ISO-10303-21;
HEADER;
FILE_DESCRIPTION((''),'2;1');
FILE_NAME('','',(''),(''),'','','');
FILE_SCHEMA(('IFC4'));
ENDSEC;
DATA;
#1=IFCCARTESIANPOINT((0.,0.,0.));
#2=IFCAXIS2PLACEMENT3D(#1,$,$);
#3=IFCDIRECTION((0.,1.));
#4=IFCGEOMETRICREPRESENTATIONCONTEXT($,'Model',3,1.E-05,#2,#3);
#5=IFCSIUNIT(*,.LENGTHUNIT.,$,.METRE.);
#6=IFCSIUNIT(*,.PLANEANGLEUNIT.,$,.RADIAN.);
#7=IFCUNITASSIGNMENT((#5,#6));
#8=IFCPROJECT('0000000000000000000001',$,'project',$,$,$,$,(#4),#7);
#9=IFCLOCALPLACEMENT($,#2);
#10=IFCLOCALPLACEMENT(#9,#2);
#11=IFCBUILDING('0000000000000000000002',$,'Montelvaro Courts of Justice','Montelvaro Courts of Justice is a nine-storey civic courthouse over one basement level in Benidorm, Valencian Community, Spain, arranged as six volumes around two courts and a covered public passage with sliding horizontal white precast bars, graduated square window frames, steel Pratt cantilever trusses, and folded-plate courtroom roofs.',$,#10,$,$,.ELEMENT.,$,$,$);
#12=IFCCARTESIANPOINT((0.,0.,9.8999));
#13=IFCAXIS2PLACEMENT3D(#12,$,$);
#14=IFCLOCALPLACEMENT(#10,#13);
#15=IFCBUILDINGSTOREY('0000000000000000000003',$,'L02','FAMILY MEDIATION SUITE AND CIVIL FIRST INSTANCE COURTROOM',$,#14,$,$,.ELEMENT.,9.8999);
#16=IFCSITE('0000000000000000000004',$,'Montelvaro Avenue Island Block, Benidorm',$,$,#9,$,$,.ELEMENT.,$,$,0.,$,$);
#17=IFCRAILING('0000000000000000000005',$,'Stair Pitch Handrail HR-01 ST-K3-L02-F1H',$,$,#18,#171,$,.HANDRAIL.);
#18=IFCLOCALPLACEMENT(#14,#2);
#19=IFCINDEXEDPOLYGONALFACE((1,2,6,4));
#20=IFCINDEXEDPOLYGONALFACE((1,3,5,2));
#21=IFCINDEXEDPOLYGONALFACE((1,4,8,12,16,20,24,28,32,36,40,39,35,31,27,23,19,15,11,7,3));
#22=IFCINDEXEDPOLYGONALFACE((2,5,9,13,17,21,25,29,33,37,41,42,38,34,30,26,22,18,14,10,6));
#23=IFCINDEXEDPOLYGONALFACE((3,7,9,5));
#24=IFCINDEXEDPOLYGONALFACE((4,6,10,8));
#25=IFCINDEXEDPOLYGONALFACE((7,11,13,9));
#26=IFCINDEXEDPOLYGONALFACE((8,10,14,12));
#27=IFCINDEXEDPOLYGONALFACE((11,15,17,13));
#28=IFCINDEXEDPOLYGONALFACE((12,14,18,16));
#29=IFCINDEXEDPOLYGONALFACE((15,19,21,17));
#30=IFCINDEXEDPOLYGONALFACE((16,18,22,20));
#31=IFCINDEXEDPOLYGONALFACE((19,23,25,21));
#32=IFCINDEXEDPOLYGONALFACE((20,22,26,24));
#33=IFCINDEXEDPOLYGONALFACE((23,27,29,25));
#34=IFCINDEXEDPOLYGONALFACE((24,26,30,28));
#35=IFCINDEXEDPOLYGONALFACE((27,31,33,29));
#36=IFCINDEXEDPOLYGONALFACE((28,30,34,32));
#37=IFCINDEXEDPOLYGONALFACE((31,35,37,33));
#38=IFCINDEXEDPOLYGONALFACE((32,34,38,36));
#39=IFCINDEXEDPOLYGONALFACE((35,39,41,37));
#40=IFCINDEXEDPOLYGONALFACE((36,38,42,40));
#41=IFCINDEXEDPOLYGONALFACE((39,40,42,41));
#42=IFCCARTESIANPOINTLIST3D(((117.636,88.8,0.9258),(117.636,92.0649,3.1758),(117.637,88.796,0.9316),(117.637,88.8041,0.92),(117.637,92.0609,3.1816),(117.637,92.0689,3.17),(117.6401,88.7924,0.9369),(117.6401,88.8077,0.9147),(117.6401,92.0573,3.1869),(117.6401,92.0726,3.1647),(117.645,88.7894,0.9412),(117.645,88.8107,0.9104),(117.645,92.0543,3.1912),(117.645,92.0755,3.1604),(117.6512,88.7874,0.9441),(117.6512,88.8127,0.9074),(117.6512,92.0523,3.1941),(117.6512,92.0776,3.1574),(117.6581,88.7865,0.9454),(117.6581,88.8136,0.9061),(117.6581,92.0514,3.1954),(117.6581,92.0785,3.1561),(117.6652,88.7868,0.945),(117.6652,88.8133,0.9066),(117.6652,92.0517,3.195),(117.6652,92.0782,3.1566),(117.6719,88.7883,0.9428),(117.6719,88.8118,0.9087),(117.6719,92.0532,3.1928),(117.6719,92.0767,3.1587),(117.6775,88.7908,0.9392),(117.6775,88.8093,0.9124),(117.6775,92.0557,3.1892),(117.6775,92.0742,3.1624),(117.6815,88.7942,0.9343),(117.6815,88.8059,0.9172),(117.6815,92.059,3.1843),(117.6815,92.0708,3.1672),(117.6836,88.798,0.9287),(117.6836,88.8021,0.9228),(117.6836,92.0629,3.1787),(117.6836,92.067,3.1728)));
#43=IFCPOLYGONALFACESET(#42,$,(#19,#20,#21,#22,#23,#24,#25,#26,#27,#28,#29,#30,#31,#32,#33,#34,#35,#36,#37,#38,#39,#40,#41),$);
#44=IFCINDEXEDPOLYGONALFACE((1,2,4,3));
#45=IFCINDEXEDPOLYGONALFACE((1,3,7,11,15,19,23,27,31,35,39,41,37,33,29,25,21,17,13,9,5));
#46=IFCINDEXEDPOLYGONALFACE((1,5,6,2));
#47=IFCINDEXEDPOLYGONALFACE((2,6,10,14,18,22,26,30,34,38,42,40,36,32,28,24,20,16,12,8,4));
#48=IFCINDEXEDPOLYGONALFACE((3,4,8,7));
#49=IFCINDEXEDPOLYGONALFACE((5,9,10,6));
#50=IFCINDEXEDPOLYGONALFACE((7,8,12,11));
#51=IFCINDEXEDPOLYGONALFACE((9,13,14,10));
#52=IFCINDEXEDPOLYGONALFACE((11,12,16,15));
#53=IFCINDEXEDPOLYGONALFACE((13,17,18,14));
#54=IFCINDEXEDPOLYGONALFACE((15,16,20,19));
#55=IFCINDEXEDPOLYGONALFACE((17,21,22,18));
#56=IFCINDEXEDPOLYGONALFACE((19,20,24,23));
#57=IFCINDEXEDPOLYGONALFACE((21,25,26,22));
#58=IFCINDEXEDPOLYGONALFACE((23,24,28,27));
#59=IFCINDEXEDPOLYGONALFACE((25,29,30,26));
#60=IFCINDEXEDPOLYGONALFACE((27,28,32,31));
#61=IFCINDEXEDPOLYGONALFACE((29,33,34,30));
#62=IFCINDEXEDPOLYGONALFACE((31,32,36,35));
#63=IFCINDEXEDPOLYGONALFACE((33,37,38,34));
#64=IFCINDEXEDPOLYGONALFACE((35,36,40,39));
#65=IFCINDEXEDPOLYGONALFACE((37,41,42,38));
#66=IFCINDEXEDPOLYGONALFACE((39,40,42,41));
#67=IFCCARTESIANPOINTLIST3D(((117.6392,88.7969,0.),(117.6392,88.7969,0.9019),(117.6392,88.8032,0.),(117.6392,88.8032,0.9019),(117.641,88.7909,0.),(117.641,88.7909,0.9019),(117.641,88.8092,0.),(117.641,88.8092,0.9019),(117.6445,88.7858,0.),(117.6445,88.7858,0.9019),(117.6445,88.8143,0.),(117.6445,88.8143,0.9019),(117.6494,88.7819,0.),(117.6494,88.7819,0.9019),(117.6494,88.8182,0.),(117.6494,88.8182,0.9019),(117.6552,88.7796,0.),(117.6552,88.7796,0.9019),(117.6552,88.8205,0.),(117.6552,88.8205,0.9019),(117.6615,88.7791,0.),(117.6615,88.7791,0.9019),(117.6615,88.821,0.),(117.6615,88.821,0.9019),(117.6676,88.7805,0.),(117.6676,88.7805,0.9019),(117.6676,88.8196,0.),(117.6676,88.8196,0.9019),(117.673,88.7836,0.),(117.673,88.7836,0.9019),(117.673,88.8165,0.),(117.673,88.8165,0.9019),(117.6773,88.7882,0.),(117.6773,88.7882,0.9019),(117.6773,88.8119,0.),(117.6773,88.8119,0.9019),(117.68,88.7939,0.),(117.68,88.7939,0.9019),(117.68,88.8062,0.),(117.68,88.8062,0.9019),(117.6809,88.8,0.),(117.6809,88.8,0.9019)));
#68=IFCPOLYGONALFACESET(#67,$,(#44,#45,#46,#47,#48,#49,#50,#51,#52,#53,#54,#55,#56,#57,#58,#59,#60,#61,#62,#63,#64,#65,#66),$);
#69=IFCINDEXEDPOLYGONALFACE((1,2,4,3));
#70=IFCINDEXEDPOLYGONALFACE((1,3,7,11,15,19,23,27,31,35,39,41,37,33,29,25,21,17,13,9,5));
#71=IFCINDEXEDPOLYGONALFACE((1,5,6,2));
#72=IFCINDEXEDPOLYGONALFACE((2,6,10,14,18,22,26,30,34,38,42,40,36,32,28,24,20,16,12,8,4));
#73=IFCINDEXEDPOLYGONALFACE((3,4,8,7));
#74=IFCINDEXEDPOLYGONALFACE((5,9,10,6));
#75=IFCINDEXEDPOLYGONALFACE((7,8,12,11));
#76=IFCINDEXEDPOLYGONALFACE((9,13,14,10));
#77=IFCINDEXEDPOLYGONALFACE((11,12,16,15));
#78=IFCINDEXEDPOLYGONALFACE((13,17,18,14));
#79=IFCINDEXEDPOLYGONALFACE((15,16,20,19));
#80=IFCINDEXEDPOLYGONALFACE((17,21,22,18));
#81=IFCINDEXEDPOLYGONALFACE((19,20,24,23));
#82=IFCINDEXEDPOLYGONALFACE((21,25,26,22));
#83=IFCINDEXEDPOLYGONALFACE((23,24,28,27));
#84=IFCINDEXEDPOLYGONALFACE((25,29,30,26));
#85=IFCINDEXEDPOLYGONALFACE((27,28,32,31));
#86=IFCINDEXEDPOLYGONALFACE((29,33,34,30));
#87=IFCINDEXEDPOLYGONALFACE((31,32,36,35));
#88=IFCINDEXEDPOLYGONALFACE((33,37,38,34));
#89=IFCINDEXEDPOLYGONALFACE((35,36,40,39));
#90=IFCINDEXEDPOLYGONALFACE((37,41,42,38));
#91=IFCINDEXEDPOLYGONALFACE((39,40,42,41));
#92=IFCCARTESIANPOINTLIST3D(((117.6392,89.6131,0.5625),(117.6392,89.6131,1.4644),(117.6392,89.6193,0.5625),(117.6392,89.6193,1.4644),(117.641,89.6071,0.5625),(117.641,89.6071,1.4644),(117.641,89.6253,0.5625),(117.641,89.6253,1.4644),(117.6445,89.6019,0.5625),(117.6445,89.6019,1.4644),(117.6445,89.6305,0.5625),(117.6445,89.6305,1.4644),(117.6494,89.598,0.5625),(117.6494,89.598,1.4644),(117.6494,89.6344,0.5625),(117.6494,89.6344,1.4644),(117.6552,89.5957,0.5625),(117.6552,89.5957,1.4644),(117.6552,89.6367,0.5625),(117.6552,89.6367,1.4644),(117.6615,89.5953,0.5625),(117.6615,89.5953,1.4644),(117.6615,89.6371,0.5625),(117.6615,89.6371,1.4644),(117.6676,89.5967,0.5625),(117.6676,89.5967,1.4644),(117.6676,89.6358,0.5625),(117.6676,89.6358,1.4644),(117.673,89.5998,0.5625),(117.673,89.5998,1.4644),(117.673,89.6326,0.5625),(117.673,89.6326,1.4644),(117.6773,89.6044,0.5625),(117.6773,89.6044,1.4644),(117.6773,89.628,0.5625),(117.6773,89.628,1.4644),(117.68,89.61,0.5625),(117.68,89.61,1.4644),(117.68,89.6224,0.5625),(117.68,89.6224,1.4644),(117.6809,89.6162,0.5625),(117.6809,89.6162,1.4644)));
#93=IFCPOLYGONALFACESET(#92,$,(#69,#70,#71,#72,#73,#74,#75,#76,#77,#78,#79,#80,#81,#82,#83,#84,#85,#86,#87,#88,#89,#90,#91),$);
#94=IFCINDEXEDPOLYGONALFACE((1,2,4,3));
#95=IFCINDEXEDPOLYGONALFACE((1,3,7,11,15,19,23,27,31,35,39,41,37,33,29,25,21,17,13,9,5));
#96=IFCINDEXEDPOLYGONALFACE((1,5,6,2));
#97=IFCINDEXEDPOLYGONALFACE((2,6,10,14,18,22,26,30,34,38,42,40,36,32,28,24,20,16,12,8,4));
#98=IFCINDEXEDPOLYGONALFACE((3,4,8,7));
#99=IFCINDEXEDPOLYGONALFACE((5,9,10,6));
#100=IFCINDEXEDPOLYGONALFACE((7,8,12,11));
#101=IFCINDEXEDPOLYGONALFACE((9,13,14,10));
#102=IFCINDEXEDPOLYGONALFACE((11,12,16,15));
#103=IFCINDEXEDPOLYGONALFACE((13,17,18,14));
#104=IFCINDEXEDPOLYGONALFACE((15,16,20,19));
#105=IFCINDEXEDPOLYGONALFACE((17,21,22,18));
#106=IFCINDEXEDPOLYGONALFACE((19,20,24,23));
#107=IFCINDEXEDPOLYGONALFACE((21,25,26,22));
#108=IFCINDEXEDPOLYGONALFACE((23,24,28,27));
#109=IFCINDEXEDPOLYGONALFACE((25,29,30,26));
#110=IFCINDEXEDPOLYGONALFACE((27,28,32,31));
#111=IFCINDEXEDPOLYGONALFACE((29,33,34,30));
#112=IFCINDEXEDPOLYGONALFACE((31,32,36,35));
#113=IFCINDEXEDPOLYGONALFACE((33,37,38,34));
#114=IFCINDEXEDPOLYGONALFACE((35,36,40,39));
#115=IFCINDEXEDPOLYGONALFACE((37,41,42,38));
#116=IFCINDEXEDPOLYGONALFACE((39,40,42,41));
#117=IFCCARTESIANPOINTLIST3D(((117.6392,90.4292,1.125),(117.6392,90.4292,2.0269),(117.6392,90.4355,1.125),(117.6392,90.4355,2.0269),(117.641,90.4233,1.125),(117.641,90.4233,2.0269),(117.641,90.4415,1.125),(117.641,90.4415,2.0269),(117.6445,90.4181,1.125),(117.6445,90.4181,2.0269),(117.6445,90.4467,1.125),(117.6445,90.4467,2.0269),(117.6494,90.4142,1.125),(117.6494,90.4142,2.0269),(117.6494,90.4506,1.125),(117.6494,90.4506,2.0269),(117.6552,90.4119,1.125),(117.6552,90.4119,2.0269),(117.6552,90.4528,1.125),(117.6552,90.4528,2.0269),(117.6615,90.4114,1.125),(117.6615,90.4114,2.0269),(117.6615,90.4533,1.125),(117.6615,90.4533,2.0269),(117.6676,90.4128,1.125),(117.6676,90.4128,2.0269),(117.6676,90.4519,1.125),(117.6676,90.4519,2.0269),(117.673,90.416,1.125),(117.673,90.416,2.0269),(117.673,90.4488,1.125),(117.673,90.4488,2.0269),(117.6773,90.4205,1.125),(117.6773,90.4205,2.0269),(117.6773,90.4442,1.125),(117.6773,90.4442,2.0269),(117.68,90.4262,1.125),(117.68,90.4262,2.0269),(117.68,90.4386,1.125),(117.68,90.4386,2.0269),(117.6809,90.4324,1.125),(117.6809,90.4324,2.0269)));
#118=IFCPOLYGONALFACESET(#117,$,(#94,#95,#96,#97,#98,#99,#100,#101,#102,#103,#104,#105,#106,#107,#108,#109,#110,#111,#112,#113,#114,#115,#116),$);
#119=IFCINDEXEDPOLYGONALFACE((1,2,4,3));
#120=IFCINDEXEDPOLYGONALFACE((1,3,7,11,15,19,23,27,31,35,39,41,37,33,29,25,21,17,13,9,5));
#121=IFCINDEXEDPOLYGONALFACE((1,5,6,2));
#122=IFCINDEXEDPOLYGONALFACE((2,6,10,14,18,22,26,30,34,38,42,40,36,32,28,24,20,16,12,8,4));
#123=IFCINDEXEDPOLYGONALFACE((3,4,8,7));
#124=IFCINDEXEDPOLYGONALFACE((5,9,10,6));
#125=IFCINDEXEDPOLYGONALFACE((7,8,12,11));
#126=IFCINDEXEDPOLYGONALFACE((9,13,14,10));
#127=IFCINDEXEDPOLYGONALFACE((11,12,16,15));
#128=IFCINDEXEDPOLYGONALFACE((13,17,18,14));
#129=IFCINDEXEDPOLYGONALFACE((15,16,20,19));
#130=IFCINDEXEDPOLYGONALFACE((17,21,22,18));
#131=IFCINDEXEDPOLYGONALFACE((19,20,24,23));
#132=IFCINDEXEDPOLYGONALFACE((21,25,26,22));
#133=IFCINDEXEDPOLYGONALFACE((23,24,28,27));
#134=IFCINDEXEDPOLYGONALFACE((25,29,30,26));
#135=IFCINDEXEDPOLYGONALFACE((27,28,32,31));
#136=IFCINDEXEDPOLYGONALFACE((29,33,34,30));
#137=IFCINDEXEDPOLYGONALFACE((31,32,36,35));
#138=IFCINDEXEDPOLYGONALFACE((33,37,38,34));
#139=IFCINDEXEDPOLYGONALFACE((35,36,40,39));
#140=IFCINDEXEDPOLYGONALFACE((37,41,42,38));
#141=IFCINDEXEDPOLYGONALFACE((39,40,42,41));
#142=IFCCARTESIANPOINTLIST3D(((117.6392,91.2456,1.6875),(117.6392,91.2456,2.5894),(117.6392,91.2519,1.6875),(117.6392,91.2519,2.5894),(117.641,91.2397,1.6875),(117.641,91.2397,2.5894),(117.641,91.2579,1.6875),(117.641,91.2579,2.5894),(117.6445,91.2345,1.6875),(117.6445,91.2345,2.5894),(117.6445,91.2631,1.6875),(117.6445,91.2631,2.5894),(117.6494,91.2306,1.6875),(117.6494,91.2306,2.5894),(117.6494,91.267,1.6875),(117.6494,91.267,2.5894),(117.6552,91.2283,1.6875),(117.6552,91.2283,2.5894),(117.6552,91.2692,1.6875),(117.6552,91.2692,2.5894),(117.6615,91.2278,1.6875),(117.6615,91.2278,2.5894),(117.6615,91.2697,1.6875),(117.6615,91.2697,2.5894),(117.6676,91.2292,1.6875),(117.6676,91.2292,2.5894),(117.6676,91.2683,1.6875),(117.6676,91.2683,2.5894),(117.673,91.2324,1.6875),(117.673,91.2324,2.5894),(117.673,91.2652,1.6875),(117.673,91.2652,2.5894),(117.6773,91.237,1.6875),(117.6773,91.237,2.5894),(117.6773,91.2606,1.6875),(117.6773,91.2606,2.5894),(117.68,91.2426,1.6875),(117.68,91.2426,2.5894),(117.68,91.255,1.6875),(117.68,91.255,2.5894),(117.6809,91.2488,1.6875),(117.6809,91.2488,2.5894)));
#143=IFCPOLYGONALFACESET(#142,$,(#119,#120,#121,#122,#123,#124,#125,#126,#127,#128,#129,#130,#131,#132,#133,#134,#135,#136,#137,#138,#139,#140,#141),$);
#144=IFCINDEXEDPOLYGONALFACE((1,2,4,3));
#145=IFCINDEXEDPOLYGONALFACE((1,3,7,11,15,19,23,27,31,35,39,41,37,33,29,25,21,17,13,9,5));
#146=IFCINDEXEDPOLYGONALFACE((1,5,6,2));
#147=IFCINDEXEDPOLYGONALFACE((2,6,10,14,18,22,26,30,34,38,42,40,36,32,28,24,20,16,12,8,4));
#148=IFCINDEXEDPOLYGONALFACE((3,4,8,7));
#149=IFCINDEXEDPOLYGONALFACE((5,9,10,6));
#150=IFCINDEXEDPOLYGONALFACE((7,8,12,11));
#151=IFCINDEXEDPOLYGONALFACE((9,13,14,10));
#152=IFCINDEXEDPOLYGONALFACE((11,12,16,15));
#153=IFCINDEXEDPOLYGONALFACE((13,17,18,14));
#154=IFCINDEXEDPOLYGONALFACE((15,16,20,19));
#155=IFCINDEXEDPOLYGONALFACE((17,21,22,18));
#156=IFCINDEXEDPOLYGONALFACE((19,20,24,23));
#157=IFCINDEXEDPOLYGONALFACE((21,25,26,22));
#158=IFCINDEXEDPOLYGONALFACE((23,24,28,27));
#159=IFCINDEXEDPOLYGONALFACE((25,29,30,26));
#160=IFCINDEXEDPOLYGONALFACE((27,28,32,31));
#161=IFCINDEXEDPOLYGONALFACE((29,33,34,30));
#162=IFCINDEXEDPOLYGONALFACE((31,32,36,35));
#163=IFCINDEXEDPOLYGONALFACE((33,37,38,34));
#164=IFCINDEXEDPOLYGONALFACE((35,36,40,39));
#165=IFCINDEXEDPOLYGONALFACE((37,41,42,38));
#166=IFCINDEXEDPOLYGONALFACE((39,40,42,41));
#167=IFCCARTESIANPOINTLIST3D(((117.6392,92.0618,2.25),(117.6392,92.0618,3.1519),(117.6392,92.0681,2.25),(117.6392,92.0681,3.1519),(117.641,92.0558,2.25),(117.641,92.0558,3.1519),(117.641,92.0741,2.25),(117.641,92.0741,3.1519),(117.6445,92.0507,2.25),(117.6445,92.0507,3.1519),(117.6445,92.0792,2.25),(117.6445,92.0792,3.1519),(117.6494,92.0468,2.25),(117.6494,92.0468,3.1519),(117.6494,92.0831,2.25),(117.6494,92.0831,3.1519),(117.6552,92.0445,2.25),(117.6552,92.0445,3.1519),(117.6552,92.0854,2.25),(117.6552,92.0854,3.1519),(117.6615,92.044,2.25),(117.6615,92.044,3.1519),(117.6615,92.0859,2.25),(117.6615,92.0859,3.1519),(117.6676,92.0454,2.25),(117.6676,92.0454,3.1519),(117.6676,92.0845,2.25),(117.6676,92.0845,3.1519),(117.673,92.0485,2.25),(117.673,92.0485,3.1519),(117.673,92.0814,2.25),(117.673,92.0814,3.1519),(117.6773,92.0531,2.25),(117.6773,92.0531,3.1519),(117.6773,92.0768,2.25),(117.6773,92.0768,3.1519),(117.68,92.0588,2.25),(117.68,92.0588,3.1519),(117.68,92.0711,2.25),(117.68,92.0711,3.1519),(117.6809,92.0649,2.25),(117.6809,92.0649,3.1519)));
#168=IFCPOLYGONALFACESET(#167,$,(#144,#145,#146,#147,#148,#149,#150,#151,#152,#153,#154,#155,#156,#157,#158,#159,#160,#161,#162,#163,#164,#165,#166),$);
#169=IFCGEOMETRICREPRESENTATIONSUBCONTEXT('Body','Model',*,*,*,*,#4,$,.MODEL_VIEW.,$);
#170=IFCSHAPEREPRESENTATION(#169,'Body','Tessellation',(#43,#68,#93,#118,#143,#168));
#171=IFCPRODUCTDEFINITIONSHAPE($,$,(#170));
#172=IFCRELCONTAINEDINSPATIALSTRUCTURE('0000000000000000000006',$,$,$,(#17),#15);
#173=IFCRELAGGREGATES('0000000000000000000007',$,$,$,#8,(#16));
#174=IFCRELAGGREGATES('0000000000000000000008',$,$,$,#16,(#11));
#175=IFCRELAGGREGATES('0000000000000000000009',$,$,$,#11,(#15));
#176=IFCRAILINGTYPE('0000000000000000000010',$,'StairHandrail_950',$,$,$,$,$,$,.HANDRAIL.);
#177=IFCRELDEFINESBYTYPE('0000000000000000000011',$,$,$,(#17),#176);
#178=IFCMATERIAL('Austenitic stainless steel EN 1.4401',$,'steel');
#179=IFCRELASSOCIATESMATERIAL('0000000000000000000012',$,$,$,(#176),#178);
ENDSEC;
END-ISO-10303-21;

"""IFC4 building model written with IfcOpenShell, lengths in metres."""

from ifc_helpers import new_model, si_unit, direction, frame, origin, origin_2d, place, context, subcontext, project, spatial, circle, extrude, material, type_object, element, save


model = new_model("IFC4")

# Units and contexts
model_context = context("Model", 3, precision=1e-05, world=origin(), true_north=direction((0.0, 1.0)))
body_context = subcontext(model_context, "Body", "Model", "MODEL_VIEW")
ifc_project = project(units=[si_unit("LENGTHUNIT", "METRE"), si_unit("PLANEANGLEUNIT", "RADIAN")], contexts=[model_context])

# Site, building, storey
site_placement = place(None, origin())
site = spatial("IfcSite", under=ifc_project, at=site_placement, Name="Montelvaro Avenue Island Block, Benidorm", CompositionType="ELEMENT", RefElevation=0.0)
building_placement = place(site_placement, origin())
building = spatial("IfcBuilding", under=site, at=building_placement, Name="Montelvaro Courts of Justice", Description="Montelvaro Courts of Justice is a nine-storey civic courthouse over one basement level in Benidorm, Valencian Community, Spain, arranged as six volumes around two courts and a covered public passage with sliding horizontal white precast bars, graduated square window frames, steel Pratt cantilever trusses, and folded-plate courtroom roofs.", CompositionType="ELEMENT")
storey_placement = place(building_placement, frame((0.0, 0.0, 9.8999)))
storey = spatial("IfcBuildingStorey", under=building, at=storey_placement, Name="L02", Description="FAMILY MEDIATION SUITE AND CIVIL FIRST INSTANCE COURTROOM", CompositionType="ELEMENT", Elevation=9.8999)

# Railing
ifc_material_1 = material(Name="Austenitic stainless steel EN 1.4401", Category="steel")
railing_type_1 = type_object("IfcRailingType", Name="StairHandrail_950", PredefinedType="HANDRAIL", material=ifc_material_1)
railing_1_placement = place(storey_placement, frame((117.6599, 88.8, 0.0)))
element("IfcRailing", 1, at=railing_1_placement, inside=storey, type_object=railing_type_1, Name="Stair Pitch Handrail HR-01 ST-K3-L02-F1H", PredefinedType="HANDRAIL", context=body_context, shape_type="SweptSolid", body=[
    extrude(circle(Radius=0.0239, at=origin_2d()), frame((0.0, 0.0, 0.9258), z_axis=(0.0, 0.823407, 0.567451), x_axis=(-1.0, 0.0, 0.0)), (0.0, 0.0, 1.0), 3.9651),
    extrude(circle(Radius=0.021, at=origin_2d()), origin(), (0.0, 0.0, 1.0), 0.9019),
    extrude(circle(Radius=0.021, at=origin_2d()), frame((0.0, 0.8162, 0.5625)), (0.0, 0.0, 1.0), 0.9019),
    extrude(circle(Radius=0.021, at=origin_2d()), frame((0.0, 1.6323, 1.125)), (0.0, 0.0, 1.0), 0.9019),
    extrude(circle(Radius=0.021, at=origin_2d()), frame((0.0, 2.4487, 1.6875)), (0.0, 0.0, 1.0), 0.9019),
    extrude(circle(Radius=0.021, at=origin_2d()), frame((0.0, 3.2649, 2.25)), (0.0, 0.0, 1.0), 0.9019),
])

save(model, "model.ifc")
